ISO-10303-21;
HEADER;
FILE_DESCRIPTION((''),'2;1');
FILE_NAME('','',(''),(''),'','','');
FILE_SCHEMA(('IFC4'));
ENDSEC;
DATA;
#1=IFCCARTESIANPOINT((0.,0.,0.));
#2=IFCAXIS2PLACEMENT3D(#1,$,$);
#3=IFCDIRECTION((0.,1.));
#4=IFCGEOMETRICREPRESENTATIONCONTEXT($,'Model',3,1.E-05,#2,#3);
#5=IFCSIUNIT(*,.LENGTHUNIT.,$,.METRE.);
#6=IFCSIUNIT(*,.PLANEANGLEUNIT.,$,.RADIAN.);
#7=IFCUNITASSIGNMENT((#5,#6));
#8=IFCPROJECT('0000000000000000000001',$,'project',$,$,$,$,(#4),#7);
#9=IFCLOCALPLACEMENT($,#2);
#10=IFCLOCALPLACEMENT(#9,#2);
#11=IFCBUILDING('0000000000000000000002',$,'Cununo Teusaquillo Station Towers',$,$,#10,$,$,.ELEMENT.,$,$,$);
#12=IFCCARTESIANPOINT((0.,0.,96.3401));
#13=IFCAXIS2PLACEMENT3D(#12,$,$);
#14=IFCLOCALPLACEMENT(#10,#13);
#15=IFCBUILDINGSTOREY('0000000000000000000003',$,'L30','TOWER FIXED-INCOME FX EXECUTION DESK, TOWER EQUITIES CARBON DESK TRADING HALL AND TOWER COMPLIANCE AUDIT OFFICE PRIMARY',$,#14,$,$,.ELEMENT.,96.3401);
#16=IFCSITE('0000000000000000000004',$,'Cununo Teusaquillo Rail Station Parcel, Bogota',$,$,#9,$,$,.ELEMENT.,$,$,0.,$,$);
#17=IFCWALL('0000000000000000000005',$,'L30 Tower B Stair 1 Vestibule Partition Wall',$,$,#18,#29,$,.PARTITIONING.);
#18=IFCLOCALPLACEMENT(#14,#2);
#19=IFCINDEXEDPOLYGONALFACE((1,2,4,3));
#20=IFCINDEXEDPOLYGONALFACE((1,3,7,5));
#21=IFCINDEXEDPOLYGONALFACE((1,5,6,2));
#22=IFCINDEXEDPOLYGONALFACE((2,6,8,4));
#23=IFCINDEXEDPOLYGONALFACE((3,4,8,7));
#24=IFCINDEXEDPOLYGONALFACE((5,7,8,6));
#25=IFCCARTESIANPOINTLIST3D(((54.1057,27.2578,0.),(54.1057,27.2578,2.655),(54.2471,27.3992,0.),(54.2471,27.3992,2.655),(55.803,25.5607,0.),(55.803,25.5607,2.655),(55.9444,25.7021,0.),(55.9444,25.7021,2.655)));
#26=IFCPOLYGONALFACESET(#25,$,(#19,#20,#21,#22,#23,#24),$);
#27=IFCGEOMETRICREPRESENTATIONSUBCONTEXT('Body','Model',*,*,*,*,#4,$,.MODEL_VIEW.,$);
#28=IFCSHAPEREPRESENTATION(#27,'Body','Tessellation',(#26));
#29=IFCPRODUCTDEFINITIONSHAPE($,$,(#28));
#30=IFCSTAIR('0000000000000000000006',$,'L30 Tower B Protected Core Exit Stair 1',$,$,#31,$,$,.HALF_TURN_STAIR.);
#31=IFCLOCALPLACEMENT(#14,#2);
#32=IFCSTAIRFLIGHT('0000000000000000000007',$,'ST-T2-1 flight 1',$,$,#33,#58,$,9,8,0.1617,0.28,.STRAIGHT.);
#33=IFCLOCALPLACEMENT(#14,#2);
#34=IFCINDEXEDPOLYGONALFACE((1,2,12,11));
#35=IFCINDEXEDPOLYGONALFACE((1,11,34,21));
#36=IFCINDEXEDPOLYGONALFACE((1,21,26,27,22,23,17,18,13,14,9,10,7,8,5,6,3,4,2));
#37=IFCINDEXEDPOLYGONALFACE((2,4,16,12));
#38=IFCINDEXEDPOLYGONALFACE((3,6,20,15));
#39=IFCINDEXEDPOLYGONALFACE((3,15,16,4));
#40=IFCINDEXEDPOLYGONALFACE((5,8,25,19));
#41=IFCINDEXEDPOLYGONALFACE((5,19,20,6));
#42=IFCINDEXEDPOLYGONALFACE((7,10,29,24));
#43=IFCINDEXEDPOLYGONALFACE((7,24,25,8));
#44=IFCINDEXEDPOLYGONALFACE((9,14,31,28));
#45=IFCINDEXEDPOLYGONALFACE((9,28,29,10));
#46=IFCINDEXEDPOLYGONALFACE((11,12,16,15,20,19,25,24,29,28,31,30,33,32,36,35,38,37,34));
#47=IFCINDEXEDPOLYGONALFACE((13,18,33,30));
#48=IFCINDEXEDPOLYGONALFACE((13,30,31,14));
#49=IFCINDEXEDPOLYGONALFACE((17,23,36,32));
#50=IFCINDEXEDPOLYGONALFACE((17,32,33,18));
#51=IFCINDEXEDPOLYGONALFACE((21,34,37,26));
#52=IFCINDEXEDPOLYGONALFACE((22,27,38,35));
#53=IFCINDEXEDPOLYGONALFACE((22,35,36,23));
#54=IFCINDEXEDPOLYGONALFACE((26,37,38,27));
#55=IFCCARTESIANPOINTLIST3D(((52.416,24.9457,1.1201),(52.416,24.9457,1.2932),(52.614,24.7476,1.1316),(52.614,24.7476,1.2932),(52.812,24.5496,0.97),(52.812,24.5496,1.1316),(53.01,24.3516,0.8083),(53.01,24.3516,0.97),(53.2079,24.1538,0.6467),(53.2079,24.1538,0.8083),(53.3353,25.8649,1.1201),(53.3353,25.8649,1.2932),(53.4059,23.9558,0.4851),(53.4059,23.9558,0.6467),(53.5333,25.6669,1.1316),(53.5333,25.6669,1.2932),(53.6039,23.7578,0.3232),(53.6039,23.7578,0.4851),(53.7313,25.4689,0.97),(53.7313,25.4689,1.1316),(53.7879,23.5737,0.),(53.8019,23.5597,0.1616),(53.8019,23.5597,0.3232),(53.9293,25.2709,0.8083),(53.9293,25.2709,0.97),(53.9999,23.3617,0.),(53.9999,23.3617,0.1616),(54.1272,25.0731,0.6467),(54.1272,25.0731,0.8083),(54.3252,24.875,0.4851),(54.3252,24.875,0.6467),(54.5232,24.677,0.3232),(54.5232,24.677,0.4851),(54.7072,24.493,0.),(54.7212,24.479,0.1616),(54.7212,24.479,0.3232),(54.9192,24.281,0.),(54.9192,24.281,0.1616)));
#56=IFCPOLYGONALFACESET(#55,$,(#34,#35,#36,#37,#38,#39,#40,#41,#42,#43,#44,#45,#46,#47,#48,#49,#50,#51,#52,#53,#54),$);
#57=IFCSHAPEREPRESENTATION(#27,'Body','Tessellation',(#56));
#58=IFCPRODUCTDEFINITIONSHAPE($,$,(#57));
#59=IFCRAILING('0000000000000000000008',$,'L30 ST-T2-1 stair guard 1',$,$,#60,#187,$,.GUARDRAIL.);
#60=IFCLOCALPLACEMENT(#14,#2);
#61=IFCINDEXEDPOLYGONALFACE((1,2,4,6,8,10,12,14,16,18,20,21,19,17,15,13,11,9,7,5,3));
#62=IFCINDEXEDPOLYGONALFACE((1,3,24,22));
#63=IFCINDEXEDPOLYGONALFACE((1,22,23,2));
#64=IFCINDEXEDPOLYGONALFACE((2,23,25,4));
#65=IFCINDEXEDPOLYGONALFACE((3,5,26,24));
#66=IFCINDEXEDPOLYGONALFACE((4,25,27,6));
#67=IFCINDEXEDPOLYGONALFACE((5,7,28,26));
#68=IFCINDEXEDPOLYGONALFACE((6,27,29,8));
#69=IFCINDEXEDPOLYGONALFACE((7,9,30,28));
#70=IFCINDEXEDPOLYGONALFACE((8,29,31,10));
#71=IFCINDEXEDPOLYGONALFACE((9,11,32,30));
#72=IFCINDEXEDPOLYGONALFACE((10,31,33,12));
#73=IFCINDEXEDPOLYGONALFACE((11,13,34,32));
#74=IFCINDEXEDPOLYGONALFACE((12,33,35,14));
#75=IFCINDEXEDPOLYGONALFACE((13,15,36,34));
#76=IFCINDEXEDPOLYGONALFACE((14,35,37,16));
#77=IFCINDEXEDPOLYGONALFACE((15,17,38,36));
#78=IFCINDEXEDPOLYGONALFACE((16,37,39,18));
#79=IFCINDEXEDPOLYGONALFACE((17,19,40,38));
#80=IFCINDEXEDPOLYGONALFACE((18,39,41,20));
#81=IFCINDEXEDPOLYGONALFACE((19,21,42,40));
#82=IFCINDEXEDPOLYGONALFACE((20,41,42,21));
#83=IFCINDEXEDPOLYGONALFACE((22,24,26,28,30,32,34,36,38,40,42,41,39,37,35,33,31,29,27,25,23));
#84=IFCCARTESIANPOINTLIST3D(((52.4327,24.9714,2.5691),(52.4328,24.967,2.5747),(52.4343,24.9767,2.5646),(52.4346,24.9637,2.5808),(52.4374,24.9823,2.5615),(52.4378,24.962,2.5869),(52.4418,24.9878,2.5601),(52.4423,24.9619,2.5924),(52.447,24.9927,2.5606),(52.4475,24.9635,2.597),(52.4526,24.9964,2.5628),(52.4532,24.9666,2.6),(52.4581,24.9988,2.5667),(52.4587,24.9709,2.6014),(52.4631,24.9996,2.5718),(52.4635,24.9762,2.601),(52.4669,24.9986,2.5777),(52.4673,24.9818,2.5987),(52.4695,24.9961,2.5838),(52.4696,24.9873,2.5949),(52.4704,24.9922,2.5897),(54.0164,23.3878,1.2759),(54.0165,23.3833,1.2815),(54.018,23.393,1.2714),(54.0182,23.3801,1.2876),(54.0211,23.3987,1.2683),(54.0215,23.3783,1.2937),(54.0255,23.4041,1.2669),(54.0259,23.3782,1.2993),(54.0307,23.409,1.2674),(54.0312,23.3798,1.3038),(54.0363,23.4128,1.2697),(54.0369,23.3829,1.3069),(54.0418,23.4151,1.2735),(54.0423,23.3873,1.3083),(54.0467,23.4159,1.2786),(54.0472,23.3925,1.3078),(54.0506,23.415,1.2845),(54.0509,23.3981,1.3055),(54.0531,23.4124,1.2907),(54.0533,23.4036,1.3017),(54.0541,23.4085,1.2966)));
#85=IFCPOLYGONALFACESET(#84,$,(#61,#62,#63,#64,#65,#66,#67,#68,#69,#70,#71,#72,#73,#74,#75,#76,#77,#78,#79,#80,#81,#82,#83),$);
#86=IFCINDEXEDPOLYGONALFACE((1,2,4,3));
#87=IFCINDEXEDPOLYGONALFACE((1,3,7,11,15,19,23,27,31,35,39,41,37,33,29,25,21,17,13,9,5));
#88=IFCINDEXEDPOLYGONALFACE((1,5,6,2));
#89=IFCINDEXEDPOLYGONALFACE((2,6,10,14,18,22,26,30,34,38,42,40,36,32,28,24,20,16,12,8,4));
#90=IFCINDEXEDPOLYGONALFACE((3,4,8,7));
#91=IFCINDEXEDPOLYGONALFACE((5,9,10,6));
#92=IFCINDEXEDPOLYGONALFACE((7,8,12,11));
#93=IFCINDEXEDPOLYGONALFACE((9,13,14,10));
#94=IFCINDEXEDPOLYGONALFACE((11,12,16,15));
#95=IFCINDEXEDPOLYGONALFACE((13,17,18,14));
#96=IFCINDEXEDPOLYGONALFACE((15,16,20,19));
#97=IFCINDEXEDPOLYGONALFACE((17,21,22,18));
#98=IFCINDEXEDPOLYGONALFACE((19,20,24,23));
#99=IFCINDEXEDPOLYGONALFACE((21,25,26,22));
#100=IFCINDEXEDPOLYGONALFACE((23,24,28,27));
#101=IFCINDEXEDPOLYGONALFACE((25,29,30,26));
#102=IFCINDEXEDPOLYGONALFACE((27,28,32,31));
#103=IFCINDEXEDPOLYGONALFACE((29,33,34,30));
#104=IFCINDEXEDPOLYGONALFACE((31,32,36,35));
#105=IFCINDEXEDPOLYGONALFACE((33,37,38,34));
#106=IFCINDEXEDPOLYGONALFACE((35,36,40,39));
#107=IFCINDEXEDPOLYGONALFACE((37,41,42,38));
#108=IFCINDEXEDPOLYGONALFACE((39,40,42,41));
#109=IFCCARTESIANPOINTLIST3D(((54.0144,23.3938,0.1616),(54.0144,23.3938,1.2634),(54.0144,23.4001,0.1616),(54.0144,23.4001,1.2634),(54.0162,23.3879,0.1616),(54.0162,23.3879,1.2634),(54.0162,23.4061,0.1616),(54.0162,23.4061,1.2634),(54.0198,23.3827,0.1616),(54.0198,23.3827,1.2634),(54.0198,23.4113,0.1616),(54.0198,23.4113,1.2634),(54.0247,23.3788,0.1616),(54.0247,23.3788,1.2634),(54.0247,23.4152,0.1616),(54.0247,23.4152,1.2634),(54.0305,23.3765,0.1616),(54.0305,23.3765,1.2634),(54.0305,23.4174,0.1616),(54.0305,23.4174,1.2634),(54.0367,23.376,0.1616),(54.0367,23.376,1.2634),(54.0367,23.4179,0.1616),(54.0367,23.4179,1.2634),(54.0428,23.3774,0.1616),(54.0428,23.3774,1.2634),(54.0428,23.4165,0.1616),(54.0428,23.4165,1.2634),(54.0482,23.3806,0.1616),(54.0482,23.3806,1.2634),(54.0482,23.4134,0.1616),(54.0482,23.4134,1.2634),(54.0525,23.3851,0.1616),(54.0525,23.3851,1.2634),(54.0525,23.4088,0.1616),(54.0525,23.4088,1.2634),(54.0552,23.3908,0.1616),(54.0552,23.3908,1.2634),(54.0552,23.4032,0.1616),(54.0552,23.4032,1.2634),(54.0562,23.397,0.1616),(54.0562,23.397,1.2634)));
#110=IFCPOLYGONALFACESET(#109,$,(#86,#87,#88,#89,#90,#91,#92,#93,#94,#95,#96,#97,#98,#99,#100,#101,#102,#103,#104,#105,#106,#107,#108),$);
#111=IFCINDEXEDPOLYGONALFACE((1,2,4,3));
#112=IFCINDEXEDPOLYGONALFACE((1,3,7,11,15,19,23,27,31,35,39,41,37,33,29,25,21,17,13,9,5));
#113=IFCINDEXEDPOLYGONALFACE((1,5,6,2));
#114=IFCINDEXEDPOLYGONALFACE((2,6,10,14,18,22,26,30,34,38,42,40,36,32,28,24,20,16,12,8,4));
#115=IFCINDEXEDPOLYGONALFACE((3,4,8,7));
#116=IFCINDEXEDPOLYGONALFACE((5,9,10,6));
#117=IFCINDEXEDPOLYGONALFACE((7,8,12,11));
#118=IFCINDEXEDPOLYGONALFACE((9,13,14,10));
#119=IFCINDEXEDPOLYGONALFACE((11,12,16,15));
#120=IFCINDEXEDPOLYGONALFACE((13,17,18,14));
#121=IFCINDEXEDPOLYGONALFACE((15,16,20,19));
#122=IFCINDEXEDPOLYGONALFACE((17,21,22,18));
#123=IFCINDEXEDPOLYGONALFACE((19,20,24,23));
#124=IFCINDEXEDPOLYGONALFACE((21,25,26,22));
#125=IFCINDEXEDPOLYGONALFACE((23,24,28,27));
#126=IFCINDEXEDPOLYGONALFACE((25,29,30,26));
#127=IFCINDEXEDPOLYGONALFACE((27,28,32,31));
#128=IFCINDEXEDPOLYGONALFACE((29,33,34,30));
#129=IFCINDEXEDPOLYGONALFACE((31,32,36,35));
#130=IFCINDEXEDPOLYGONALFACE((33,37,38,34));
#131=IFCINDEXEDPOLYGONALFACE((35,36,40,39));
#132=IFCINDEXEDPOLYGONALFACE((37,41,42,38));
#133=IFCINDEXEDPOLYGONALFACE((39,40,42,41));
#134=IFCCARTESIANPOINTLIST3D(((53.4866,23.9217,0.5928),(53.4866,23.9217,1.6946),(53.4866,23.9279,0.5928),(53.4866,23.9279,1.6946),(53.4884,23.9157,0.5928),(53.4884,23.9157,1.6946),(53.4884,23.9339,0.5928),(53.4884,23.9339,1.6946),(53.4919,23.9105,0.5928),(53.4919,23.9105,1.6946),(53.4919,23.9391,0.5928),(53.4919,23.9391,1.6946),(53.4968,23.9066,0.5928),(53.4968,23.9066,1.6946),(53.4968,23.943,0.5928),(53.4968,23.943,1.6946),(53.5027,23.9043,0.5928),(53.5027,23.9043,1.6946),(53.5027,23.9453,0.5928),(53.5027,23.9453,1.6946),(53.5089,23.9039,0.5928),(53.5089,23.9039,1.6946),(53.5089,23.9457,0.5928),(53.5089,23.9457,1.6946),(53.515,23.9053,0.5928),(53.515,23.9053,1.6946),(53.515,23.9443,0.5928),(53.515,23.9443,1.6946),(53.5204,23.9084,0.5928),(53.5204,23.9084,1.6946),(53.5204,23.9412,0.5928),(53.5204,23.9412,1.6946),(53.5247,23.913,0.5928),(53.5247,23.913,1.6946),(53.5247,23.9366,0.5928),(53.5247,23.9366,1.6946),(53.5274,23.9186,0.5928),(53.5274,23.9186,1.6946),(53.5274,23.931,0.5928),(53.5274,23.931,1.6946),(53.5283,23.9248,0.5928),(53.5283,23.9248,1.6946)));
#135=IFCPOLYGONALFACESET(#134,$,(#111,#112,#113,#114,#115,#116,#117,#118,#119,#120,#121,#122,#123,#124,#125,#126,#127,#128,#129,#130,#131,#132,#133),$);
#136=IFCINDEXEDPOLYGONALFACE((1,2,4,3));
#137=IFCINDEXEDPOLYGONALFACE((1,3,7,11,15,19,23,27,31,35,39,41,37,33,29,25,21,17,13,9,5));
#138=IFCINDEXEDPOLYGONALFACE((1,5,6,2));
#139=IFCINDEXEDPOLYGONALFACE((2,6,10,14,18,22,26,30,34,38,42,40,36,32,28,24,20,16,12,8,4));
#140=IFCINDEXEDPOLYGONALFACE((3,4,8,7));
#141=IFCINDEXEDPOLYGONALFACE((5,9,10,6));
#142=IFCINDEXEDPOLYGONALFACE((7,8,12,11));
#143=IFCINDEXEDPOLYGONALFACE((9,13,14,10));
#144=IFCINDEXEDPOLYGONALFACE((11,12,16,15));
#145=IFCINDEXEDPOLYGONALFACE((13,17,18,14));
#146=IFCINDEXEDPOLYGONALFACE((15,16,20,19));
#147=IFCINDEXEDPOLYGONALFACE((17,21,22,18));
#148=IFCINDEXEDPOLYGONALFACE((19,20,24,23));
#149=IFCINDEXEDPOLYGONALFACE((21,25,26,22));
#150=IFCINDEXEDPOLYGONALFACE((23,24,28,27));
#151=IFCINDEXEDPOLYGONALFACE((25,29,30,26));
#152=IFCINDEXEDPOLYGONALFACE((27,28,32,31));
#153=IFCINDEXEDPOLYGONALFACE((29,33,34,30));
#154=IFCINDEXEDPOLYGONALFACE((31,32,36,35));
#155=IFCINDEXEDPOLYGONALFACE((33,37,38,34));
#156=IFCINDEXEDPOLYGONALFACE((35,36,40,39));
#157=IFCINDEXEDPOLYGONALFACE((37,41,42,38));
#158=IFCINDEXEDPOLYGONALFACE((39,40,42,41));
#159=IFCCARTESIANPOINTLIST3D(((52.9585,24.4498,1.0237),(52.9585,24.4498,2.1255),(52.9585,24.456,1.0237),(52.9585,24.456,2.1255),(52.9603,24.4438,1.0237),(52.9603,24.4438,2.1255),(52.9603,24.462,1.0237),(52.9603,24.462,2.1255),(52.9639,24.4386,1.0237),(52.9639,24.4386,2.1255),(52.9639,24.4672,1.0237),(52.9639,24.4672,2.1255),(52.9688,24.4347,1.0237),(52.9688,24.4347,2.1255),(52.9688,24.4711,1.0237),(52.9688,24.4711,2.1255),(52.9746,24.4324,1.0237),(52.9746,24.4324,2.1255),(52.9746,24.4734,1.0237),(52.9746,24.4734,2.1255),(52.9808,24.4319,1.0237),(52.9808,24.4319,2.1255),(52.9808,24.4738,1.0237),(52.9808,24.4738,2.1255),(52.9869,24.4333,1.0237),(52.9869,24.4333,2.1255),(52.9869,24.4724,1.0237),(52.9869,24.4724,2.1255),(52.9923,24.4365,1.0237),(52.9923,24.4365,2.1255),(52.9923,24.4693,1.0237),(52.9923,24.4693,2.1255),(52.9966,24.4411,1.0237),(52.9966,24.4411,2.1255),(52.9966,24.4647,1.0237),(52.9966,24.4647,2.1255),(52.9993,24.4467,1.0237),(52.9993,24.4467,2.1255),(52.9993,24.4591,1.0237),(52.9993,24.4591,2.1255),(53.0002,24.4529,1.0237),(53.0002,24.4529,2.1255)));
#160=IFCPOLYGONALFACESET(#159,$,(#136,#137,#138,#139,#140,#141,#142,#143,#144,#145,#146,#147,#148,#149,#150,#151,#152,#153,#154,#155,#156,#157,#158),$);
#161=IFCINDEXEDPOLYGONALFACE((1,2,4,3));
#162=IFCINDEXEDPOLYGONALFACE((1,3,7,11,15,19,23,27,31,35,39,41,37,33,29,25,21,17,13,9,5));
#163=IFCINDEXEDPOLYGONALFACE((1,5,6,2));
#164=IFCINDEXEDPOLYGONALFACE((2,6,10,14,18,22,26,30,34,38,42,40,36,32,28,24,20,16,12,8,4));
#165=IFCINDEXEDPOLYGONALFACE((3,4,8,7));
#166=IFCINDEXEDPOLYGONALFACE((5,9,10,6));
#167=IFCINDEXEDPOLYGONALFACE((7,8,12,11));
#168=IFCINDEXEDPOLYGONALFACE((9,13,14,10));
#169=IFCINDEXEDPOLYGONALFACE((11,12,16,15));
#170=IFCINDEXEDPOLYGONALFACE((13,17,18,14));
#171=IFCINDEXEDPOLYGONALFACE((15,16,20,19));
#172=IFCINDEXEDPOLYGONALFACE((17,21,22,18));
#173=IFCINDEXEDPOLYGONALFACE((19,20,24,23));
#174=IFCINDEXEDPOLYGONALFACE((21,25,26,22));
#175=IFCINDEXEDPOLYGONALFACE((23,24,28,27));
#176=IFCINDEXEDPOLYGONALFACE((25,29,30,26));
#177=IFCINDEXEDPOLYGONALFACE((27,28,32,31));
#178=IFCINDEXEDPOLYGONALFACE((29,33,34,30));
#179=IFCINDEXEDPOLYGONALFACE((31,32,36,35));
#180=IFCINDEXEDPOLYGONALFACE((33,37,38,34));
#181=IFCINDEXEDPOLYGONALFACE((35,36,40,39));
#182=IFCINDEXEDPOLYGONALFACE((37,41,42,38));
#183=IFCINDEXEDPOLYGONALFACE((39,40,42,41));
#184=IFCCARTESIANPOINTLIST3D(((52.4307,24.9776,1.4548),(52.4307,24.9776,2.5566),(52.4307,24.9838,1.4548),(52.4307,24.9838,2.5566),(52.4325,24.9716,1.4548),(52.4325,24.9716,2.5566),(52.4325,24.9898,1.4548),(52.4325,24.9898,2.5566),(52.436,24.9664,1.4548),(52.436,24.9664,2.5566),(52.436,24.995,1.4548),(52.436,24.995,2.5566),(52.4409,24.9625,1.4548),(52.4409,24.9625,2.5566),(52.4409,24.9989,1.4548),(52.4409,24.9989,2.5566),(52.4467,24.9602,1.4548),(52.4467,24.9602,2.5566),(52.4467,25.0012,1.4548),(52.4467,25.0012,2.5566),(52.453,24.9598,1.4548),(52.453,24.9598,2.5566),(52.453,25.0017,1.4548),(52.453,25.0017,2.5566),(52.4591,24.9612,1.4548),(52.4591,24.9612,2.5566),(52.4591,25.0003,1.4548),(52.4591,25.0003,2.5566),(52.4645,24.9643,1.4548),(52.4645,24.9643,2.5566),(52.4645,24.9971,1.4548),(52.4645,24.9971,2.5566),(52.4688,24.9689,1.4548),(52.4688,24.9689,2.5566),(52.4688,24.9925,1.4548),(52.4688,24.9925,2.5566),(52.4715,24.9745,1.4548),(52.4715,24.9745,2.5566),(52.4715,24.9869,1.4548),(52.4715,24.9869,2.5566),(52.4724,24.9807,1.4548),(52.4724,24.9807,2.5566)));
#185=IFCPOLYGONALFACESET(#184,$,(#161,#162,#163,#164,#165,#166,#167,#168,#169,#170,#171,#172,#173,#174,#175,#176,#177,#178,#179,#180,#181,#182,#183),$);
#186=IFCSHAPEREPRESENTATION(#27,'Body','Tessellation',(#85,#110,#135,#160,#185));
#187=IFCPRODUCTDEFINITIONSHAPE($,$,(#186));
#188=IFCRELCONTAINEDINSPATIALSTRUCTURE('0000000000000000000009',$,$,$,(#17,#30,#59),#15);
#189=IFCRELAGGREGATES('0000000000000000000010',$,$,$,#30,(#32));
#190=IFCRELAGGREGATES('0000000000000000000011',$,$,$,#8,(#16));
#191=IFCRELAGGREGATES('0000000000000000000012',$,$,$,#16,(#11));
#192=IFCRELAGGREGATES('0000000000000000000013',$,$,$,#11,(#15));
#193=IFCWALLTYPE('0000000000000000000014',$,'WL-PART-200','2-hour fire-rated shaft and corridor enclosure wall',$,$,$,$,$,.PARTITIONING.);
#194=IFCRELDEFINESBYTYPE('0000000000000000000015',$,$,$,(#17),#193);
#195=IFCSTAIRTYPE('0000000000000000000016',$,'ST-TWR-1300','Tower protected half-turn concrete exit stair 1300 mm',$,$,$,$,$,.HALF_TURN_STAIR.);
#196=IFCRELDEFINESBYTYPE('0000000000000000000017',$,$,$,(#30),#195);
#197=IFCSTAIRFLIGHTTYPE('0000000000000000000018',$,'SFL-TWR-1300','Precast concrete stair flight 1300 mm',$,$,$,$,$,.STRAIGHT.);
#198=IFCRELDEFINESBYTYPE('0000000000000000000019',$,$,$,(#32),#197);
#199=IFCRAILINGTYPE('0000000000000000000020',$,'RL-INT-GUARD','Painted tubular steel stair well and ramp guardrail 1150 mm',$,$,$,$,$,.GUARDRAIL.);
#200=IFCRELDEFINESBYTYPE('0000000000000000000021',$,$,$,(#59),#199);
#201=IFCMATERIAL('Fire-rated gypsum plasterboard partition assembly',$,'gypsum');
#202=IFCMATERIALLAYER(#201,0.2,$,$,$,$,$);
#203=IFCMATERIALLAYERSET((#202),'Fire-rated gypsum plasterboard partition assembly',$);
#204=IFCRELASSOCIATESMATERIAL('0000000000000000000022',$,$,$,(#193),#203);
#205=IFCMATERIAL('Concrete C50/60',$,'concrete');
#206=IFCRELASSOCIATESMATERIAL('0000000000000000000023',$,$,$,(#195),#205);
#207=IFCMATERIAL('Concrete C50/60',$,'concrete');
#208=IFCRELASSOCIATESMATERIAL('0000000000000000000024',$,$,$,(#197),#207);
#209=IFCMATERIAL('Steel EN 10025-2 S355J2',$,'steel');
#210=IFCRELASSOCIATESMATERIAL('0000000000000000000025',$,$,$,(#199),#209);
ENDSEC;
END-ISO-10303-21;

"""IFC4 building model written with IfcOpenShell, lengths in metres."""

from ifc_helpers import new_model, si_unit, direction, frame, frame_2d, origin, origin_2d, place, context, subcontext, project, spatial, polyline, rectangle, circle, outline, extrude, material, layer, layer_set, type_object, element, aggregate, save


model = new_model("IFC4")

# Units and contexts
model_context = context("Model", 3, precision=1e-05, world=origin(), true_north=direction((0.0, 1.0)))
body_context = subcontext(model_context, "Body", "Model", "MODEL_VIEW")
ifc_project = project(units=[si_unit("LENGTHUNIT", "METRE"), si_unit("PLANEANGLEUNIT", "RADIAN")], contexts=[model_context])

# Site, building, storey
site_placement = place(None, origin())
site = spatial("IfcSite", under=ifc_project, at=site_placement, Name="Cununo Teusaquillo Rail Station Parcel, Bogota", CompositionType="ELEMENT", RefElevation=0.0)
building_placement = place(site_placement, origin())
building = spatial("IfcBuilding", under=site, at=building_placement, Name="Cununo Teusaquillo Station Towers", CompositionType="ELEMENT")
storey_placement = place(building_placement, frame((0.0, 0.0, 96.3401)))
storey = spatial("IfcBuildingStorey", under=building, at=storey_placement, Name="L30", Description="TOWER FIXED-INCOME FX EXECUTION DESK, TOWER EQUITIES CARBON DESK TRADING HALL AND TOWER COMPLIANCE AUDIT OFFICE PRIMARY", CompositionType="ELEMENT", Elevation=96.3401)

# Shared definitions
ifc_material_1 = material(Name="Fire-rated gypsum plasterboard partition assembly", Category="gypsum")
ifc_layer_1 = layer(ifc_material_1, 0.2)
ifc_layer_set_1 = layer_set([ifc_layer_1], Name="Fire-rated gypsum plasterboard partition assembly")
wall_type_1 = type_object("IfcWallType", Name="WL-PART-200", Description="2-hour fire-rated shaft and corridor enclosure wall", PredefinedType="PARTITIONING", material=ifc_layer_set_1)

# Wall
wall_1_placement = place(storey_placement, frame((55.8738, 25.6313, 0.0), z_axis=(0.0, 0.0, 1.0), x_axis=(-0.707158, 0.707056, 0.0)))
element("IfcWall", 1, at=wall_1_placement, inside=storey, type_object=wall_type_1, Name="L30 Tower B Stair 1 Vestibule Partition Wall", PredefinedType="PARTITIONING", context=body_context, shape_type="SweptSolid", body=[
    extrude(rectangle(XDim=2.4001, YDim=0.2, at=frame_2d((1.2002, 0.0))), origin(), (0.0, 0.0, 1.0), 2.655),
])

# Stair, stair flight
ifc_material_2 = material(Name="Concrete C50/60", Category="concrete")
stair_type = type_object("IfcStairType", Name="ST-TWR-1300", Description="Tower protected half-turn concrete exit stair 1300 mm", PredefinedType="HALF_TURN_STAIR", material=ifc_material_2)
stair_placement = place(storey_placement, origin())
stair = element("IfcStair", 2, at=stair_placement, inside=storey, type_object=stair_type, Name="L30 Tower B Protected Core Exit Stair 1", PredefinedType="HALF_TURN_STAIR")
ifc_material_3 = material(Name="Concrete C50/60", Category="concrete")
stair_flight_type = type_object("IfcStairFlightType", Name="SFL-TWR-1300", Description="Precast concrete stair flight 1300 mm", PredefinedType="STRAIGHT", material=ifc_material_3)
stair_flight_placement = place(storey_placement, frame((54.4595, 23.8213, 0.0), z_axis=(0.0, 0.0, 1.0), x_axis=(-0.707107, 0.707107, 0.0)))
stair_flight = element("IfcStairFlight", 3, at=stair_flight_placement, type_object=stair_flight_type, Name="ST-T2-1 flight 1", NumberOfRisers=9, NumberOfTreads=8, PredefinedType="STRAIGHT", RiserHeight=0.1617, TreadLength=0.28, context=body_context, shape_type="SweptSolid", body=[
    extrude(outline(polyline([(0.0, 0.0), (0.0, 0.1616), (0.28, 0.1616), (0.28, 0.3232), (0.5601, 0.3232), (0.5601, 0.4851), (0.8401, 0.4851), (0.8401, 0.6467), (1.1201, 0.6467), (1.1201, 0.8083), (1.3999, 0.8083), (1.3999, 0.97), (1.6799, 0.97), (1.6799, 1.1316), (1.96, 1.1316), (1.96, 1.2932), (2.24, 1.2932), (2.24, 1.4551), (2.24, 1.1201), (0.2998, 0.0), (0.0, 0.0)])), frame((0.0, 0.6499, 0.0), z_axis=(0.0, -1.0, 0.0), x_axis=(1.0, 0.0, 0.0)), (0.0, 0.0, 1.0), 1.3),
])
aggregate(stair, [stair_flight])

# Railing
ifc_material_4 = material(Name="Steel EN 10025-2 S355J2", Category="steel")
railing_type_1 = type_object("IfcRailingType", Name="RL-INT-GUARD", Description="Painted tubular steel stair well and ramp guardrail 1150 mm", PredefinedType="GUARDRAIL", material=ifc_material_4)
railing_1_placement = place(storey_placement, frame((54.0352, 23.397, 0.1616)))
element("IfcRailing", 4, at=railing_1_placement, inside=storey, type_object=railing_type_1, Name="L30 ST-T2-1 stair guard 1", PredefinedType="GUARDRAIL", context=body_context, shape_type="SweptSolid", body=[
    extrude(circle(Radius=0.0239, at=origin_2d()), frame((0.0, 0.0, 1.126), z_axis=(-0.612361, 0.612361, 0.500027), x_axis=(-0.707107, -0.707107, 0.0)), (0.0, 0.0, 1.0), 2.5862),
    extrude(circle(Radius=0.021, at=origin_2d()), origin(), (0.0, 0.0, 1.0), 1.1018),
    extrude(circle(Radius=0.021, at=origin_2d()), frame((-0.5278, 0.5278, 0.4312)), (0.0, 0.0, 1.0), 1.1018),
    extrude(circle(Radius=0.021, at=origin_2d()), frame((-1.0559, 1.0559, 0.8621)), (0.0, 0.0, 1.0), 1.1018),
    extrude(circle(Radius=0.021, at=origin_2d()), frame((-1.5837, 1.5837, 1.2932)), (0.0, 0.0, 1.0), 1.1018),
])

save(model, "model.ifc")
